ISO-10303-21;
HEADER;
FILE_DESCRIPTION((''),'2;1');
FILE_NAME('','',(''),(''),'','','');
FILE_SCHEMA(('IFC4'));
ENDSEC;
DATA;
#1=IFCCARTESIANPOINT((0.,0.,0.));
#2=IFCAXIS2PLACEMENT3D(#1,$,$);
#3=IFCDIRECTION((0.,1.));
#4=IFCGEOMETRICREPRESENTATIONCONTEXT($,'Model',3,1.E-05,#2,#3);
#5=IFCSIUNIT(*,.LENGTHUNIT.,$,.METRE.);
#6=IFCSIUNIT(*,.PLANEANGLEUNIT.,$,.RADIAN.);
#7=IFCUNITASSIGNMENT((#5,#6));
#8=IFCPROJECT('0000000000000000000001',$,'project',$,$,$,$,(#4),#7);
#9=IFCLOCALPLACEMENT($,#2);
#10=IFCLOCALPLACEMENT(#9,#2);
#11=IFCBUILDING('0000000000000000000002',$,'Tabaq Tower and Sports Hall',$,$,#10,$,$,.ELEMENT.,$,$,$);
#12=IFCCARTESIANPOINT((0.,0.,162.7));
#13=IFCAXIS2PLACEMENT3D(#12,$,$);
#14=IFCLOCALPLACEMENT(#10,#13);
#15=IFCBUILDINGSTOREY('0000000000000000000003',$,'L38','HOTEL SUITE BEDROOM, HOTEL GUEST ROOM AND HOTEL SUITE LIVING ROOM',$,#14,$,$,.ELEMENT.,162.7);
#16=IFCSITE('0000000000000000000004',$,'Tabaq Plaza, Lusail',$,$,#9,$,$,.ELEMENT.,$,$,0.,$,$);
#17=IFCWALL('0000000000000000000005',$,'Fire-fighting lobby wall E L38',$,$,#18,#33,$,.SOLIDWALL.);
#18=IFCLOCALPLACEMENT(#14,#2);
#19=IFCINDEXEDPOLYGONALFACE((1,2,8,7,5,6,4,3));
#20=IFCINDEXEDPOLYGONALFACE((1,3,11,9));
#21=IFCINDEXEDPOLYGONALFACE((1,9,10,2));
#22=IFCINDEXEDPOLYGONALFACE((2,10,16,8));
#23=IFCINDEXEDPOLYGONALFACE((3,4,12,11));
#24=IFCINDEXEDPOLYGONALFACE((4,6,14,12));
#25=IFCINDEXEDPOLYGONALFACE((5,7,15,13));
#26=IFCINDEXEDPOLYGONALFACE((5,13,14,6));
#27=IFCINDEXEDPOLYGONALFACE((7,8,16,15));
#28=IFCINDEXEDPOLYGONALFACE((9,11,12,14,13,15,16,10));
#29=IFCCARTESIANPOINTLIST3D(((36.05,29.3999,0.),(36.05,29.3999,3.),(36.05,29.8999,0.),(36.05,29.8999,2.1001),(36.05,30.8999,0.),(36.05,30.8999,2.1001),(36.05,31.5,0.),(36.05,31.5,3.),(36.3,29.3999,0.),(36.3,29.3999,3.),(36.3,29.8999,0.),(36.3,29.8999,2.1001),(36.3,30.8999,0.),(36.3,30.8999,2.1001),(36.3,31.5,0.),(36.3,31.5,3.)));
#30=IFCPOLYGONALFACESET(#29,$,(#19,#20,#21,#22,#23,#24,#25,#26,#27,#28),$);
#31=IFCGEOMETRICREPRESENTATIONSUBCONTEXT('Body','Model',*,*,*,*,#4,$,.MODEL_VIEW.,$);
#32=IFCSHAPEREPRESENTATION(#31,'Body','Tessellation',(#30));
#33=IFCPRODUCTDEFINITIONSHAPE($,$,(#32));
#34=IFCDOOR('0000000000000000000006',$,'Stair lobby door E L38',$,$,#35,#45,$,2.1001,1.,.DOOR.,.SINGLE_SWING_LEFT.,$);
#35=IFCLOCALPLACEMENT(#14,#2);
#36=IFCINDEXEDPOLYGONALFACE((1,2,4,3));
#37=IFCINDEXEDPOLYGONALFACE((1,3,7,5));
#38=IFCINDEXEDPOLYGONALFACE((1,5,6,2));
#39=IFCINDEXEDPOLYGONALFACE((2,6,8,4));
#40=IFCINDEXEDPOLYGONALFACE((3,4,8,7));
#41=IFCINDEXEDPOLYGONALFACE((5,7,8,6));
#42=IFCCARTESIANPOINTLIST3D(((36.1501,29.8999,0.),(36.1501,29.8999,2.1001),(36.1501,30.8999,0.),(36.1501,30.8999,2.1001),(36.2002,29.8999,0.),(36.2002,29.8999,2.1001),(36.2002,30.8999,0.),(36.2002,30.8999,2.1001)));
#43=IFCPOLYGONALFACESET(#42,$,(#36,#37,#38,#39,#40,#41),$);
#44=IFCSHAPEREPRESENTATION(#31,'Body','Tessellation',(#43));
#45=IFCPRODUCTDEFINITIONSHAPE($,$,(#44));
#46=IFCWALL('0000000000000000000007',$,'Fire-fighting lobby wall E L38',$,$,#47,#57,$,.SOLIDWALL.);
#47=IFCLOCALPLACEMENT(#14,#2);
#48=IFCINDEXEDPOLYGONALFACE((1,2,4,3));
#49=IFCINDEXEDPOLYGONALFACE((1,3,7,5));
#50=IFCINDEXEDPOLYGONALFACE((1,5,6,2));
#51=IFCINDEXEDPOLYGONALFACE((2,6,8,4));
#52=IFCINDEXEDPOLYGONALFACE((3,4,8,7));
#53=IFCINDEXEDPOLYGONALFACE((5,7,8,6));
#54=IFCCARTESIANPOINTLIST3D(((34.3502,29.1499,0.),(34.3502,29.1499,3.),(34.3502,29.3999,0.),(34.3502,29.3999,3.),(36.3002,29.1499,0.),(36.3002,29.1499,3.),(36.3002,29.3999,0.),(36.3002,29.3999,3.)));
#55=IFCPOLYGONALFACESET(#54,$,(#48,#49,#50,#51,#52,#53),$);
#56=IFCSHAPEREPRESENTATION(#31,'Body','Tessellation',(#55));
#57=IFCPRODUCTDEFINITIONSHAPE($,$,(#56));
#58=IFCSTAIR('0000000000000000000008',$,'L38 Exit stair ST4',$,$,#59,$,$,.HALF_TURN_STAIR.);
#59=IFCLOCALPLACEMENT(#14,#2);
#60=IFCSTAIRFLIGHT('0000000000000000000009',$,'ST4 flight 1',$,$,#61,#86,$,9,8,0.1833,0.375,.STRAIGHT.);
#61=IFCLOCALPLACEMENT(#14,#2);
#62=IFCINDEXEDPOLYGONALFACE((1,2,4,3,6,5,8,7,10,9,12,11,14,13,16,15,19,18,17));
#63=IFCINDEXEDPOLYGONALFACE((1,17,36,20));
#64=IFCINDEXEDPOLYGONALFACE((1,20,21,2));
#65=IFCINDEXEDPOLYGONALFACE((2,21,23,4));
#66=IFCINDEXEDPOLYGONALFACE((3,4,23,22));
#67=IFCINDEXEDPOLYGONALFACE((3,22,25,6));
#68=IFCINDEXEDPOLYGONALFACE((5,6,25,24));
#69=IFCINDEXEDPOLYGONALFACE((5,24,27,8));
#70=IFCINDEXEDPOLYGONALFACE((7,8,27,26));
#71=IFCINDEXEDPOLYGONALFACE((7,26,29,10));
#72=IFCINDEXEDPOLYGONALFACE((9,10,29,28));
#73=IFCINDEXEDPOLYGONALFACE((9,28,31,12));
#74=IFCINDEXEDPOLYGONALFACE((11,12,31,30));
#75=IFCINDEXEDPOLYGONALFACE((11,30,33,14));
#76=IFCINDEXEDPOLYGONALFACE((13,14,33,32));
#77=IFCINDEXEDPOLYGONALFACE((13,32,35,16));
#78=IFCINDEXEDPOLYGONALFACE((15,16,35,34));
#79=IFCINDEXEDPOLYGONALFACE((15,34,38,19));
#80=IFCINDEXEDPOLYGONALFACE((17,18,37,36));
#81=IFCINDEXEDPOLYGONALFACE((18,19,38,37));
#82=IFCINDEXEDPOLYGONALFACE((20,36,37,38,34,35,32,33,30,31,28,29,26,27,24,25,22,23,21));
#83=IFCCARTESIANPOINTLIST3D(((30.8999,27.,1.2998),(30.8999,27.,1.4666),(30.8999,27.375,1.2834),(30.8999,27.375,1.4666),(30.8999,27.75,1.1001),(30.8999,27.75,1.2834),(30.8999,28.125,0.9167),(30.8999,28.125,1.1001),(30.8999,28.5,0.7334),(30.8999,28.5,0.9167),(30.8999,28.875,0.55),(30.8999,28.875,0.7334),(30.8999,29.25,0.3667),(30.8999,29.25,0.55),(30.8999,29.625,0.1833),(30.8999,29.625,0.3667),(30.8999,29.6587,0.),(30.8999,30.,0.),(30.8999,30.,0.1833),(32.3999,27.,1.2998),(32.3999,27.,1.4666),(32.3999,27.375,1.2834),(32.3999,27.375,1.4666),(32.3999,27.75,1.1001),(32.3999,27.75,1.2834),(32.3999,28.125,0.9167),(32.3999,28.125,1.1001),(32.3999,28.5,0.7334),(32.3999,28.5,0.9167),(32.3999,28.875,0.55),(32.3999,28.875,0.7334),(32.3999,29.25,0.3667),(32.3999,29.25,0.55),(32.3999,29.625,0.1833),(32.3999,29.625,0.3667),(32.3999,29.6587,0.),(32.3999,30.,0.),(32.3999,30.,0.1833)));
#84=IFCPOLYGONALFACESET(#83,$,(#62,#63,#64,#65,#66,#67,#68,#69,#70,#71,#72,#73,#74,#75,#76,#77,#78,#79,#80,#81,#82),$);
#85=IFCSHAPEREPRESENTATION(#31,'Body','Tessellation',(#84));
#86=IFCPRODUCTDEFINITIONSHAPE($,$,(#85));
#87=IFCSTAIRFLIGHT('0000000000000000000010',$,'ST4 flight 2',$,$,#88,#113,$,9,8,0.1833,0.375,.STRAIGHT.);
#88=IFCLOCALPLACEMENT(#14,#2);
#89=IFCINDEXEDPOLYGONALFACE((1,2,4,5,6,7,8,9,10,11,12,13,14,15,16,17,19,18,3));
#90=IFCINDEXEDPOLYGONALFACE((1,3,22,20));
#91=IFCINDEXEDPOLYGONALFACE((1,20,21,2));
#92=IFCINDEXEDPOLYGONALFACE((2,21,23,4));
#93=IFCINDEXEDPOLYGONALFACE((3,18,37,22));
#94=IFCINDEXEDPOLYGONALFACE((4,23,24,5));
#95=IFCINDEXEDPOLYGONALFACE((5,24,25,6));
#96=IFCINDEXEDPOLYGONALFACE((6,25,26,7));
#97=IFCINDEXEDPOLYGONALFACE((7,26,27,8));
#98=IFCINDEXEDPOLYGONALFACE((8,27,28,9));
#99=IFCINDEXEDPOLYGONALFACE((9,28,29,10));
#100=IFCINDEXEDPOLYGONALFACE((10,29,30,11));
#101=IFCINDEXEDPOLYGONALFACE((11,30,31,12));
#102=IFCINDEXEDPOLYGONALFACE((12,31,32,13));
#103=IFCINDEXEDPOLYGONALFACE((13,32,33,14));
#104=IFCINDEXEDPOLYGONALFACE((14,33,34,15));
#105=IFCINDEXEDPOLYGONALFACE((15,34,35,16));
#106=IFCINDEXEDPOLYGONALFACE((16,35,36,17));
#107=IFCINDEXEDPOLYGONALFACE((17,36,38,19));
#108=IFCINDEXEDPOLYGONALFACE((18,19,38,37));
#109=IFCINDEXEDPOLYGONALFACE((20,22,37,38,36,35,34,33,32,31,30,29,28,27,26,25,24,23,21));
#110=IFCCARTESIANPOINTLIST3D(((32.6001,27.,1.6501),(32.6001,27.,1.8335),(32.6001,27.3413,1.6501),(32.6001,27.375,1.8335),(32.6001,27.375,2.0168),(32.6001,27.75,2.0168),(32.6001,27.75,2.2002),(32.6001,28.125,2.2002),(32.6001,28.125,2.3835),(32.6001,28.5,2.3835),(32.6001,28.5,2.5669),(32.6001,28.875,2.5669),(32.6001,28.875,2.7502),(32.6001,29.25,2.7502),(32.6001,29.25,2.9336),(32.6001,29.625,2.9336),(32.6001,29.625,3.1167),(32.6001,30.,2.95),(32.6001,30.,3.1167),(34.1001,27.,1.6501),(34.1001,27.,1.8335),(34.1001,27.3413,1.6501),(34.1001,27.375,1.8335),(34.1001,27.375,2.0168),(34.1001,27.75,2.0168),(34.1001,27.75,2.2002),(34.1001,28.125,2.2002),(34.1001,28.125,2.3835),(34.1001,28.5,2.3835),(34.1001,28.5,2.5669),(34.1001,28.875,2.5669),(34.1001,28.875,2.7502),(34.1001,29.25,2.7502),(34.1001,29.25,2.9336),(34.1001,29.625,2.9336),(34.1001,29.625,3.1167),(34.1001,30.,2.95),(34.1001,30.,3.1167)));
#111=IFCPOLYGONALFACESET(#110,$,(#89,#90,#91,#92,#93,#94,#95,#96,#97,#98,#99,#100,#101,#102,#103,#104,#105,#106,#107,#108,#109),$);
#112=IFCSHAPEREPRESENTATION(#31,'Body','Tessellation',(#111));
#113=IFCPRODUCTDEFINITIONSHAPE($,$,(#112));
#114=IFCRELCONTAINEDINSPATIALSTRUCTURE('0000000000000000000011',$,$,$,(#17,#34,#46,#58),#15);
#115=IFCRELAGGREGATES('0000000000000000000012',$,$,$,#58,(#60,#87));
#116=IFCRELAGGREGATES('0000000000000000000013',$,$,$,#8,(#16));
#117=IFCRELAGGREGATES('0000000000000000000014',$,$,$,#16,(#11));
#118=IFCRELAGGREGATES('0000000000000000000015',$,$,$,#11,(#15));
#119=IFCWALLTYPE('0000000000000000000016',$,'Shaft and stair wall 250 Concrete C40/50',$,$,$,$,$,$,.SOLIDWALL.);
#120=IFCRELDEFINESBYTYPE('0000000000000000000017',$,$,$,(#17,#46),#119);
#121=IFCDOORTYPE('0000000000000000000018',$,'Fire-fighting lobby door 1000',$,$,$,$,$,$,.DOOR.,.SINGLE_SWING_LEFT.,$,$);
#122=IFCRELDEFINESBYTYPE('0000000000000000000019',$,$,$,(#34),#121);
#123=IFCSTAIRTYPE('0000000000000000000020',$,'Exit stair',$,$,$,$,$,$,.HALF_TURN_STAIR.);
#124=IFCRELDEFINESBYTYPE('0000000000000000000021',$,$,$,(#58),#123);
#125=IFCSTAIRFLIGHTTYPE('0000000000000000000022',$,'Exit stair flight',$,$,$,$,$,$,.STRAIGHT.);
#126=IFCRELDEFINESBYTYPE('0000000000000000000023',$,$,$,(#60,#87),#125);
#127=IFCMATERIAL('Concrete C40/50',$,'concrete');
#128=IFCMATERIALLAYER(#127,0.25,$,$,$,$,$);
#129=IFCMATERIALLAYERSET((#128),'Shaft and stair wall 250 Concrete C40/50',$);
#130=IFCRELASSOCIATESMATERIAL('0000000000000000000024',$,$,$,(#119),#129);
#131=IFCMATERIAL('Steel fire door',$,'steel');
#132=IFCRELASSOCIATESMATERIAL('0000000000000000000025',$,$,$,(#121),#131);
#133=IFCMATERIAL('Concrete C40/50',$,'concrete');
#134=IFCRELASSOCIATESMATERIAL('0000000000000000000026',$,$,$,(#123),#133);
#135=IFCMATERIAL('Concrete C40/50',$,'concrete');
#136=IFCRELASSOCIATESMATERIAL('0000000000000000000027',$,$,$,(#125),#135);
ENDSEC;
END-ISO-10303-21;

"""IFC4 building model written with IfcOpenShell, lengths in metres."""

from ifc_helpers import new_model, si_unit, direction, frame, frame_2d, origin, place, context, subcontext, project, spatial, polyline, rectangle, outline, extrude, material, layer, layer_set, type_object, element, fill, aggregate, save


model = new_model("IFC4")

# Units and contexts
model_context = context("Model", 3, precision=1e-05, world=origin(), true_north=direction((0.0, 1.0)))
body_context = subcontext(model_context, "Body", "Model", "MODEL_VIEW")
ifc_project = project(units=[si_unit("LENGTHUNIT", "METRE"), si_unit("PLANEANGLEUNIT", "RADIAN")], contexts=[model_context])

# Site, building, storey
site_placement = place(None, origin())
site = spatial("IfcSite", under=ifc_project, at=site_placement, Name="Tabaq Plaza, Lusail", CompositionType="ELEMENT", RefElevation=0.0)
building_placement = place(site_placement, origin())
building = spatial("IfcBuilding", under=site, at=building_placement, Name="Tabaq Tower and Sports Hall", CompositionType="ELEMENT")
storey_placement = place(building_placement, frame((0.0, 0.0, 162.7)))
storey = spatial("IfcBuildingStorey", under=building, at=storey_placement, Name="L38", Description="HOTEL SUITE BEDROOM, HOTEL GUEST ROOM AND HOTEL SUITE LIVING ROOM", CompositionType="ELEMENT", Elevation=162.7)

# Shared definitions
ifc_material_1 = material(Name="Concrete C40/50", Category="concrete")
ifc_layer_1 = layer(ifc_material_1, 0.25)
ifc_layer_set_1 = layer_set([ifc_layer_1], Name="Shaft and stair wall 250 Concrete C40/50")
wall_type_1 = type_object("IfcWallType", Name="Shaft and stair wall 250 Concrete C40/50", PredefinedType="SOLIDWALL", material=ifc_layer_set_1)

# Wall, opening, door
wall_1_placement = place(storey_placement, frame((36.175, 29.3999, 0.0), z_axis=(0.0, 0.0, 1.0), x_axis=(0.0, 1.0, 0.0)))
wall_1 = element("IfcWall", 1, at=wall_1_placement, inside=storey, type_object=wall_type_1, Name="Fire-fighting lobby wall E L38", PredefinedType="SOLIDWALL", context=body_context, shape_type="SweptSolid", body=[
    extrude(rectangle(XDim=2.1001, YDim=0.25, at=frame_2d((1.05, 0.0))), origin(), (0.0, 0.0, 1.0), 3.0),
])
opening_1_placement = place(wall_1_placement, frame((0.5, 0.0, 0.0)))
opening_1 = element("IfcOpeningElement", 2, at=opening_1_placement, cuts=wall_1, PredefinedType="OPENING", context=body_context, shape_type="SweptSolid", body=[
    extrude(rectangle(XDim=1.0, YDim=2.1001, at=frame_2d((0.5, 1.05))), frame((0.0, 0.125, 0.0), z_axis=(0.0, -1.0, 0.0), x_axis=(1.0, 0.0, 0.0)), (0.0, 0.0, 1.0), 0.25),
])
ifc_material_2 = material(Name="Steel fire door", Category="steel")
door_type_1 = type_object("IfcDoorType", Name="Fire-fighting lobby door 1000", OperationType="SINGLE_SWING_LEFT", PredefinedType="DOOR", material=ifc_material_2)
door_1_placement = place(opening_1_placement, origin())
door_1 = element("IfcDoor", 3, at=door_1_placement, inside=storey, type_object=door_type_1, Name="Stair lobby door E L38", OperationType="SINGLE_SWING_LEFT", OverallHeight=2.1001, OverallWidth=1.0, PredefinedType="DOOR", context=body_context, shape_type="SweptSolid", body=[
    extrude(rectangle(XDim=1.0, YDim=2.1001, at=frame_2d((0.5, 1.05))), frame((0.0, 0.0249, 0.0), z_axis=(0.0, -1.0, 0.0), x_axis=(1.0, 0.0, 0.0)), (0.0, 0.0, 1.0), 0.05),
])
fill(opening_1, door_1)

# Wall
wall_2_placement = place(storey_placement, frame((34.3501, 29.2749, 0.0), z_axis=(0.0, 0.0, 1.0), x_axis=(1.0, 0.0, 0.0)))
element("IfcWall", 4, at=wall_2_placement, inside=storey, type_object=wall_type_1, Name="Fire-fighting lobby wall E L38", PredefinedType="SOLIDWALL", context=body_context, shape_type="SweptSolid", body=[
    extrude(rectangle(XDim=1.95, YDim=0.25, at=frame_2d((0.9751, 0.0))), origin(), (0.0, 0.0, 1.0), 3.0),
])

# Stair, stair flights
ifc_material_3 = material(Name="Concrete C40/50", Category="concrete")
stair_type = type_object("IfcStairType", Name="Exit stair", PredefinedType="HALF_TURN_STAIR", material=ifc_material_3)
stair_placement = place(storey_placement, origin())
stair = element("IfcStair", 5, at=stair_placement, inside=storey, type_object=stair_type, Name="L38 Exit stair ST4", PredefinedType="HALF_TURN_STAIR")
ifc_material_4 = material(Name="Concrete C40/50", Category="concrete")
stair_flight_type = type_object("IfcStairFlightType", Name="Exit stair flight", PredefinedType="STRAIGHT", material=ifc_material_4)
stair_flight_1_placement = place(storey_placement, frame((31.6499, 30.0, 0.0), z_axis=(0.0, 0.0, 1.0), x_axis=(0.0, -1.0, 0.0)))
stair_flight_1 = element("IfcStairFlight", 6, at=stair_flight_1_placement, type_object=stair_flight_type, Name="ST4 flight 1", NumberOfRisers=9, NumberOfTreads=8, PredefinedType="STRAIGHT", RiserHeight=0.1833, TreadLength=0.375, context=body_context, shape_type="SweptSolid", body=[
    extrude(outline(polyline([(0.0, 0.0), (0.0, 0.1833), (0.375, 0.1833), (0.375, 0.3667), (0.75, 0.3667), (0.75, 0.55), (1.125, 0.55), (1.125, 0.7334), (1.5, 0.7334), (1.5, 0.9167), (1.875, 0.9167), (1.875, 1.1001), (2.25, 1.1001), (2.25, 1.2834), (2.625, 1.2834), (2.625, 1.4666), (3.0, 1.4666), (3.0, 1.6499), (3.0, 1.2998), (0.3413, 0.0), (0.0, 0.0)])), frame((0.0, 0.75, 0.0), z_axis=(0.0, -1.0, 0.0), x_axis=(1.0, 0.0, 0.0)), (0.0, 0.0, 1.0), 1.5),
])
stair_flight_2_placement = place(storey_placement, frame((33.3501, 27.0, 1.6501), z_axis=(0.0, 0.0, 1.0), x_axis=(0.0, 1.0, 0.0)))
stair_flight_2 = element("IfcStairFlight", 7, at=stair_flight_2_placement, type_object=stair_flight_type, Name="ST4 flight 2", NumberOfRisers=9, NumberOfTreads=8, PredefinedType="STRAIGHT", RiserHeight=0.1833, TreadLength=0.375, context=body_context, shape_type="SweptSolid", body=[
    extrude(outline(polyline([(0.0, 0.0), (0.0, 0.1833), (0.375, 0.1833), (0.375, 0.3667), (0.75, 0.3667), (0.75, 0.55), (1.125, 0.55), (1.125, 0.7334), (1.5, 0.7334), (1.5, 0.9167), (1.875, 0.9167), (1.875, 1.1001), (2.25, 1.1001), (2.25, 1.2834), (2.625, 1.2834), (2.625, 1.4666), (3.0, 1.4666), (3.0, 1.6499), (3.0, 1.2998), (0.3413, 0.0), (0.0, 0.0)])), frame((0.0, 0.75, 0.0), z_axis=(0.0, -1.0, 0.0), x_axis=(1.0, 0.0, 0.0)), (0.0, 0.0, 1.0), 1.5),
])
aggregate(stair, [stair_flight_1, stair_flight_2])

save(model, "model.ifc")
